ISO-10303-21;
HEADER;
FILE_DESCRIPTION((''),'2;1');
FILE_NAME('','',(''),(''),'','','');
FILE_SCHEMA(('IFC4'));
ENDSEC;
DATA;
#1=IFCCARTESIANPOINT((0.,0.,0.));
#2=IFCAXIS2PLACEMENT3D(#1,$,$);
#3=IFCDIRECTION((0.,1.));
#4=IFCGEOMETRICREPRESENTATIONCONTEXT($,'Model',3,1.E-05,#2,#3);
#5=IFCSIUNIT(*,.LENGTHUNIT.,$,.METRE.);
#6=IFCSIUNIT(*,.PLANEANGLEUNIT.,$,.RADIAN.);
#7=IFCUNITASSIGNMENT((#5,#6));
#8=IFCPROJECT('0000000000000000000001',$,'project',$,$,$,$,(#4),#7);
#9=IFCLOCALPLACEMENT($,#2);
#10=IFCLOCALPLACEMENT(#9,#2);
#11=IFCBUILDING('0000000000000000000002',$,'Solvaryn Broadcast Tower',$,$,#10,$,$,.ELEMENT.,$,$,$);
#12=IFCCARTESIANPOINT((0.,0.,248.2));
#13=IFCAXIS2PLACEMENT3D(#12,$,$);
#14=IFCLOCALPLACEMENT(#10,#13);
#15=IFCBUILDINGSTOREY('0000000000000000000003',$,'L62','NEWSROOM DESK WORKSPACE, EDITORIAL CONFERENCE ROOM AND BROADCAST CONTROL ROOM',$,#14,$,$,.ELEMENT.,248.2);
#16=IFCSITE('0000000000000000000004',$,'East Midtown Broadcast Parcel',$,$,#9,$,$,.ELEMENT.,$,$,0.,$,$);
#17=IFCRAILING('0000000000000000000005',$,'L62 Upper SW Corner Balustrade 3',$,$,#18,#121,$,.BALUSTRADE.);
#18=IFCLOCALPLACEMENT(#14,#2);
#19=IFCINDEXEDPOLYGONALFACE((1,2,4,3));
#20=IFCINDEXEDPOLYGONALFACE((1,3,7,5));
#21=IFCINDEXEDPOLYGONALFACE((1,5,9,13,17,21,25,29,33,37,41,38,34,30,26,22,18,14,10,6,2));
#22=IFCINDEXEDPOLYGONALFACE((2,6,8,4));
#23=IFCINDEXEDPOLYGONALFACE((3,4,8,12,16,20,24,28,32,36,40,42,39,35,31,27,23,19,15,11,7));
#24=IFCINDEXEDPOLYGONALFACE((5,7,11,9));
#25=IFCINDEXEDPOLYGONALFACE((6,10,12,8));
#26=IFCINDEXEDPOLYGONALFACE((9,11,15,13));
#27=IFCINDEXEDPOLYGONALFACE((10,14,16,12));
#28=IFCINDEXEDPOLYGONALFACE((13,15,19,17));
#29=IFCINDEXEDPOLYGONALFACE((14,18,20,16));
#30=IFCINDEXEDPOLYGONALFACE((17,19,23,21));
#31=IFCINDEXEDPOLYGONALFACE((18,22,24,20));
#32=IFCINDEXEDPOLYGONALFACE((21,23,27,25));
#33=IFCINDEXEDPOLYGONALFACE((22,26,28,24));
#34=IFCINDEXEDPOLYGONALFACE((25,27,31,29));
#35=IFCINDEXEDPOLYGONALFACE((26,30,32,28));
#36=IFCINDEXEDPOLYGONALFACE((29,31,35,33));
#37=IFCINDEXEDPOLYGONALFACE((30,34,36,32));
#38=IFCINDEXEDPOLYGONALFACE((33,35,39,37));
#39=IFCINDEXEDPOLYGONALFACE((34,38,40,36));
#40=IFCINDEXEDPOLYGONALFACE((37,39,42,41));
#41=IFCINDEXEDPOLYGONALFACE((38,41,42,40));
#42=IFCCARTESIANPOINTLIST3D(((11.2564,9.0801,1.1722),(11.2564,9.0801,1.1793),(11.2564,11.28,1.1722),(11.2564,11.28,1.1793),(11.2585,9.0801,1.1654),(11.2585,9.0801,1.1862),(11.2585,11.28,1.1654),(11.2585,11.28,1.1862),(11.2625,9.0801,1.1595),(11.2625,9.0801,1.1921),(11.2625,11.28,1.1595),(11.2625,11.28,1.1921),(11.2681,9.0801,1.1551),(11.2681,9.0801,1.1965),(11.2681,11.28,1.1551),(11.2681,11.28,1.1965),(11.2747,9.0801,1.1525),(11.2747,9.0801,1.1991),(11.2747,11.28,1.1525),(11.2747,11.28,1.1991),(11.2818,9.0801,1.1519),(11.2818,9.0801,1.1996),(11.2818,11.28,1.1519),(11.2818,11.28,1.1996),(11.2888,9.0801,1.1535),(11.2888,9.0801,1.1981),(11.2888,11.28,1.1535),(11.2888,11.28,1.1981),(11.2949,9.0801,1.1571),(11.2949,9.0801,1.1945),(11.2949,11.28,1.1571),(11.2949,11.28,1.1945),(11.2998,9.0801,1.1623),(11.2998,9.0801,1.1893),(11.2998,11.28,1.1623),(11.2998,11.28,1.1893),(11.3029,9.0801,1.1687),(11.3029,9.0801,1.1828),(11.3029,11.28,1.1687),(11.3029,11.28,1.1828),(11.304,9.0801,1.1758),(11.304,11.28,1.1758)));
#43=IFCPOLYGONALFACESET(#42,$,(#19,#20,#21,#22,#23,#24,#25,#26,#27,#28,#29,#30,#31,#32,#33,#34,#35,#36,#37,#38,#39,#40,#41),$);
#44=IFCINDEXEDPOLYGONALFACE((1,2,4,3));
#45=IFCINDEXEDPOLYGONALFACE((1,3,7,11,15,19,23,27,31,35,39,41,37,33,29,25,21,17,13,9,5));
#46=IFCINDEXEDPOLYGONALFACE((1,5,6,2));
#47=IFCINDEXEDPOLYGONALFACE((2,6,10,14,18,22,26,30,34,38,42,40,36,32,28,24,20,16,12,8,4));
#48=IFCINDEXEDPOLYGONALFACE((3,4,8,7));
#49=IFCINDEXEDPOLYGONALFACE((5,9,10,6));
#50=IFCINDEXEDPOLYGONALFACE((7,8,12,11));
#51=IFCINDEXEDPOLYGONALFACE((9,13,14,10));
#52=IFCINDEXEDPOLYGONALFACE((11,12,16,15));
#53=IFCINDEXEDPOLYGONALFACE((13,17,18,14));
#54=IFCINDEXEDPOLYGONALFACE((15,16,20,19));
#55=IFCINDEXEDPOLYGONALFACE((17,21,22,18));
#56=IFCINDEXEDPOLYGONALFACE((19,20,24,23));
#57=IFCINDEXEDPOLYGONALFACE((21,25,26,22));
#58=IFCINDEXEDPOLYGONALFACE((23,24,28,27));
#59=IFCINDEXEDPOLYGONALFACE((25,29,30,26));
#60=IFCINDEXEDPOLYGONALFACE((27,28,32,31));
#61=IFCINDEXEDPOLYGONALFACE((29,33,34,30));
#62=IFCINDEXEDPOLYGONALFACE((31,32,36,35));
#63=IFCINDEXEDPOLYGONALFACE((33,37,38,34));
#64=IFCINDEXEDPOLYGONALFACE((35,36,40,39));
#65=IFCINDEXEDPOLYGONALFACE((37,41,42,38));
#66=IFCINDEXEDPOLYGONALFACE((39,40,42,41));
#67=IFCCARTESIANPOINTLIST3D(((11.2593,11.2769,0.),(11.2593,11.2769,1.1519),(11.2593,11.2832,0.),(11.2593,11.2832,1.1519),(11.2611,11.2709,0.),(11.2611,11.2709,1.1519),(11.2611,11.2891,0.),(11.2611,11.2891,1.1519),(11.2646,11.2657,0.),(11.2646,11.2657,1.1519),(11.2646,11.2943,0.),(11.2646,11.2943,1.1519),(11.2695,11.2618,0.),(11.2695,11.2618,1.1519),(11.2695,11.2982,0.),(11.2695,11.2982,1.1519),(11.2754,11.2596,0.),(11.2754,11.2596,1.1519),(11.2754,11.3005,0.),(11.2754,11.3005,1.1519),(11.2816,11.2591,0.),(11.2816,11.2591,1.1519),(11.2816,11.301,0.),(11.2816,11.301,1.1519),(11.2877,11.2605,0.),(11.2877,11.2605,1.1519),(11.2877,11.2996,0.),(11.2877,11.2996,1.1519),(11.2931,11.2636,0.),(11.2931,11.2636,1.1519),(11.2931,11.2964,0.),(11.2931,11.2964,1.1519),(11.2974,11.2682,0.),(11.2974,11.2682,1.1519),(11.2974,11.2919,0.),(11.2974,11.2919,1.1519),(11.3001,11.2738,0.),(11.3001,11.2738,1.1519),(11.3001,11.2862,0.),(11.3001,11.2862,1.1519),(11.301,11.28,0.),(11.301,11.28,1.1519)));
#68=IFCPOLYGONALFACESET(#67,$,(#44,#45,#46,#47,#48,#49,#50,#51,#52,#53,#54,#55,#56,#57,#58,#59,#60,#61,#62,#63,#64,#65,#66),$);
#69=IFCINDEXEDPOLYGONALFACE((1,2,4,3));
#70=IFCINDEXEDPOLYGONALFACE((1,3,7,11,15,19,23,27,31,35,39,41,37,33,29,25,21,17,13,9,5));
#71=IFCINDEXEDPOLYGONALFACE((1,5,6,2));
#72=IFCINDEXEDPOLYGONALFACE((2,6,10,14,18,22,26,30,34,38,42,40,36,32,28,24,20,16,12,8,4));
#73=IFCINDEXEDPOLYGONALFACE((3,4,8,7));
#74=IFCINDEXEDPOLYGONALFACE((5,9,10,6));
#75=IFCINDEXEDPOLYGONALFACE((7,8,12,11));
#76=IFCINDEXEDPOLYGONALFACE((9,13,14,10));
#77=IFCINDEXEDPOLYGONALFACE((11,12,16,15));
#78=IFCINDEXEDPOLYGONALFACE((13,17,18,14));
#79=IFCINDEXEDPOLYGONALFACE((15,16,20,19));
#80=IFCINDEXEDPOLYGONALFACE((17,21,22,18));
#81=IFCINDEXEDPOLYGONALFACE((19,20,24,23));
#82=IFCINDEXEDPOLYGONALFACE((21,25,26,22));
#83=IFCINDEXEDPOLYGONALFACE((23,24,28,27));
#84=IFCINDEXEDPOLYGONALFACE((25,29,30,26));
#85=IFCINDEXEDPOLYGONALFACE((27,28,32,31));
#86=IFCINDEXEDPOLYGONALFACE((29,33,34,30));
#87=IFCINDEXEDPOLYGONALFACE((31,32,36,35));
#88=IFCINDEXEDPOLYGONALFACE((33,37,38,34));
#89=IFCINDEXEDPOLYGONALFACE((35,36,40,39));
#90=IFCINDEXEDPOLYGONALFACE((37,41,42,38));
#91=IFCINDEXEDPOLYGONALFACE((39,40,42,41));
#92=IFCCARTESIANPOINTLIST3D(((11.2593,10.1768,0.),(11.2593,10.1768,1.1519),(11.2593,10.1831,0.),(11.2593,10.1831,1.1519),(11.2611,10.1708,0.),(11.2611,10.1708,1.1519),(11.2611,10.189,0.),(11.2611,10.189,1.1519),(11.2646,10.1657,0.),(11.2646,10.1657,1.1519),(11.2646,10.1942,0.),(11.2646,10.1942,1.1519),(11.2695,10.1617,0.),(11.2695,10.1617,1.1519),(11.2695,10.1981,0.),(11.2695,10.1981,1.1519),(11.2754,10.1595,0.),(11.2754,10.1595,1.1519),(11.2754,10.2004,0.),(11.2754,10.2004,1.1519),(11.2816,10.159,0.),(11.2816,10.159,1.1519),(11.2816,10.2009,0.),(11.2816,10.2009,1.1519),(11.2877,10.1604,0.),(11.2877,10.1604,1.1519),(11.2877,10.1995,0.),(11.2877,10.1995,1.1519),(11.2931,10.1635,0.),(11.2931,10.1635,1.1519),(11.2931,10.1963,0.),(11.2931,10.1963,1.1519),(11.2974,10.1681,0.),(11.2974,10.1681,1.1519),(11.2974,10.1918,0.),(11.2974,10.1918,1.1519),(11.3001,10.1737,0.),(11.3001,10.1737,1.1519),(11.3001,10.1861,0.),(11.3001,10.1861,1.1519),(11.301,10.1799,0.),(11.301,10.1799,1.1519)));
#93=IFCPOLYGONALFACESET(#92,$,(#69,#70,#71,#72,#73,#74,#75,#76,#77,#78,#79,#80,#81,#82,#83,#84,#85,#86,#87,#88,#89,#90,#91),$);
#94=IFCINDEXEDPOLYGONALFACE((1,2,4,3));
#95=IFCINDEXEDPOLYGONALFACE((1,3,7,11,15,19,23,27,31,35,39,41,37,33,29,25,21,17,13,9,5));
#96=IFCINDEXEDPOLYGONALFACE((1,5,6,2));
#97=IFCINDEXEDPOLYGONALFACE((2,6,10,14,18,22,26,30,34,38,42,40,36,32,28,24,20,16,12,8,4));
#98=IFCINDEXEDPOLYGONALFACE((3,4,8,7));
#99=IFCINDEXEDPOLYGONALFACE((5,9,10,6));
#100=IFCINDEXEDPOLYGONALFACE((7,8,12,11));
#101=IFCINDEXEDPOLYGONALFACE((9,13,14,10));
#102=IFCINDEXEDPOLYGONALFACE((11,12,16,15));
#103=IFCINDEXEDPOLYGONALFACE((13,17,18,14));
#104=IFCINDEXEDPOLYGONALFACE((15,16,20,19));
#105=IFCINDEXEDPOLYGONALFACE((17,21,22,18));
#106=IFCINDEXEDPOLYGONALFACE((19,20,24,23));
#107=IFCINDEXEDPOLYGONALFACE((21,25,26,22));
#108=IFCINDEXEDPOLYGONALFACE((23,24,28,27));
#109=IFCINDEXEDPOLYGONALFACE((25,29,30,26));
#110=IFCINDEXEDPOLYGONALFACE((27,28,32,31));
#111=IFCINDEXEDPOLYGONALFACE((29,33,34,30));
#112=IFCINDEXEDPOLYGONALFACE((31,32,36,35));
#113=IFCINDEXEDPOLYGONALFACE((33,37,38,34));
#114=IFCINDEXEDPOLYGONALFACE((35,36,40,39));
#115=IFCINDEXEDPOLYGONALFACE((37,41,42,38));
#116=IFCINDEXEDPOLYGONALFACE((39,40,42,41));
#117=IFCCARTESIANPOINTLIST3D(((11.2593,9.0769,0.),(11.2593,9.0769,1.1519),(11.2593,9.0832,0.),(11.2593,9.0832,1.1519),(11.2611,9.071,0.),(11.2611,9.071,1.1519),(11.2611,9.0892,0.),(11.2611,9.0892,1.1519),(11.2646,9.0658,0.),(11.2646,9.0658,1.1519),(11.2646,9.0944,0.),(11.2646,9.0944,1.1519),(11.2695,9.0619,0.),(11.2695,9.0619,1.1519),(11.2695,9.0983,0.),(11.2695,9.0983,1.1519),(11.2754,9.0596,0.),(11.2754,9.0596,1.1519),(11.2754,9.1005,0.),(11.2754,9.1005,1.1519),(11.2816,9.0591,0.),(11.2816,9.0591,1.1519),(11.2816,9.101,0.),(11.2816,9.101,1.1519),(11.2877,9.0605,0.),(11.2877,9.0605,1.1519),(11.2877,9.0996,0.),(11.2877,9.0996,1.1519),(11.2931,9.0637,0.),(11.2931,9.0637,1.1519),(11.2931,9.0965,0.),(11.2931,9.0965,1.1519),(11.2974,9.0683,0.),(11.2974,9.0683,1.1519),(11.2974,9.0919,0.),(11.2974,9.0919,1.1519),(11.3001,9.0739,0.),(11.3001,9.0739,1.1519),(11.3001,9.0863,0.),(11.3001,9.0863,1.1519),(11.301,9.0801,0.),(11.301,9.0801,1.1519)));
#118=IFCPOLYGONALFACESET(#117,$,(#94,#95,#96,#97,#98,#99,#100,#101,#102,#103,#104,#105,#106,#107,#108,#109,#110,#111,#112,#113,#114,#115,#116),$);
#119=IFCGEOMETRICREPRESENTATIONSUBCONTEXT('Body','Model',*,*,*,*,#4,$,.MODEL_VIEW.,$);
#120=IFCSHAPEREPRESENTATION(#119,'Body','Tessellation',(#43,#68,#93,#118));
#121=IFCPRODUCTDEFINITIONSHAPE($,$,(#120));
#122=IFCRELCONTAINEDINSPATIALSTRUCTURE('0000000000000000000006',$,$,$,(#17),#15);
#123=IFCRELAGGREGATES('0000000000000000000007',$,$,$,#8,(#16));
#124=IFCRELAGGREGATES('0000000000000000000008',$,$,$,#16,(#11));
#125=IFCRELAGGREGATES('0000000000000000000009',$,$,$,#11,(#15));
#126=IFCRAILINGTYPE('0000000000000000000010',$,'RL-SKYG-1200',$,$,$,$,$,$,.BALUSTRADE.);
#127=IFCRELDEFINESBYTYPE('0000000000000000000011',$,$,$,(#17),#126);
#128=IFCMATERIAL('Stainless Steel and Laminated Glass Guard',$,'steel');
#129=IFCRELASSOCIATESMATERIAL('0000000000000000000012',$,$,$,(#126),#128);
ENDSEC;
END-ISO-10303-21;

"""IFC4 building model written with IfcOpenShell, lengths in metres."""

from ifc_helpers import new_model, si_unit, direction, frame, origin, origin_2d, place, context, subcontext, project, spatial, circle, extrude, material, type_object, element, save


model = new_model("IFC4")

# Units and contexts
model_context = context("Model", 3, precision=1e-05, world=origin(), true_north=direction((0.0, 1.0)))
body_context = subcontext(model_context, "Body", "Model", "MODEL_VIEW")
ifc_project = project(units=[si_unit("LENGTHUNIT", "METRE"), si_unit("PLANEANGLEUNIT", "RADIAN")], contexts=[model_context])

# Site, building, storey
site_placement = place(None, origin())
site = spatial("IfcSite", under=ifc_project, at=site_placement, Name="East Midtown Broadcast Parcel", CompositionType="ELEMENT", RefElevation=0.0)
building_placement = place(site_placement, origin())
building = spatial("IfcBuilding", under=site, at=building_placement, Name="Solvaryn Broadcast Tower", CompositionType="ELEMENT")
storey_placement = place(building_placement, frame((0.0, 0.0, 248.2)))
storey = spatial("IfcBuildingStorey", under=building, at=storey_placement, Name="L62", Description="NEWSROOM DESK WORKSPACE, EDITORIAL CONFERENCE ROOM AND BROADCAST CONTROL ROOM", CompositionType="ELEMENT", Elevation=248.2)

# Railing
ifc_material_1 = material(Name="Stainless Steel and Laminated Glass Guard", Category="steel")
railing_type = type_object("IfcRailingType", Name="RL-SKYG-1200", PredefinedType="BALUSTRADE", material=ifc_material_1)
railing_1_placement = place(storey_placement, frame((11.28, 11.28, 0.0)))
element("IfcRailing", 1, at=railing_1_placement, inside=storey, type_object=railing_type, Name="L62 Upper SW Corner Balustrade 3", PredefinedType="BALUSTRADE", context=body_context, shape_type="SweptSolid", body=[
    extrude(circle(Radius=0.0239, at=origin_2d()), frame((0.0, 0.0, 1.1758), z_axis=(0.0, -1.0, 0.0), x_axis=(1.0, 0.0, 0.0)), (0.0, 0.0, 1.0), 2.2),
    extrude(circle(Radius=0.021, at=origin_2d()), origin(), (0.0, 0.0, 1.0), 1.1519),
    extrude(circle(Radius=0.021, at=origin_2d()), frame((0.0, -1.1001, 0.0)), (0.0, 0.0, 1.0), 1.1519),
    extrude(circle(Radius=0.021, at=origin_2d()), frame((0.0, -2.2, 0.0)), (0.0, 0.0, 1.0), 1.1519),
])

save(model, "model.ifc")
